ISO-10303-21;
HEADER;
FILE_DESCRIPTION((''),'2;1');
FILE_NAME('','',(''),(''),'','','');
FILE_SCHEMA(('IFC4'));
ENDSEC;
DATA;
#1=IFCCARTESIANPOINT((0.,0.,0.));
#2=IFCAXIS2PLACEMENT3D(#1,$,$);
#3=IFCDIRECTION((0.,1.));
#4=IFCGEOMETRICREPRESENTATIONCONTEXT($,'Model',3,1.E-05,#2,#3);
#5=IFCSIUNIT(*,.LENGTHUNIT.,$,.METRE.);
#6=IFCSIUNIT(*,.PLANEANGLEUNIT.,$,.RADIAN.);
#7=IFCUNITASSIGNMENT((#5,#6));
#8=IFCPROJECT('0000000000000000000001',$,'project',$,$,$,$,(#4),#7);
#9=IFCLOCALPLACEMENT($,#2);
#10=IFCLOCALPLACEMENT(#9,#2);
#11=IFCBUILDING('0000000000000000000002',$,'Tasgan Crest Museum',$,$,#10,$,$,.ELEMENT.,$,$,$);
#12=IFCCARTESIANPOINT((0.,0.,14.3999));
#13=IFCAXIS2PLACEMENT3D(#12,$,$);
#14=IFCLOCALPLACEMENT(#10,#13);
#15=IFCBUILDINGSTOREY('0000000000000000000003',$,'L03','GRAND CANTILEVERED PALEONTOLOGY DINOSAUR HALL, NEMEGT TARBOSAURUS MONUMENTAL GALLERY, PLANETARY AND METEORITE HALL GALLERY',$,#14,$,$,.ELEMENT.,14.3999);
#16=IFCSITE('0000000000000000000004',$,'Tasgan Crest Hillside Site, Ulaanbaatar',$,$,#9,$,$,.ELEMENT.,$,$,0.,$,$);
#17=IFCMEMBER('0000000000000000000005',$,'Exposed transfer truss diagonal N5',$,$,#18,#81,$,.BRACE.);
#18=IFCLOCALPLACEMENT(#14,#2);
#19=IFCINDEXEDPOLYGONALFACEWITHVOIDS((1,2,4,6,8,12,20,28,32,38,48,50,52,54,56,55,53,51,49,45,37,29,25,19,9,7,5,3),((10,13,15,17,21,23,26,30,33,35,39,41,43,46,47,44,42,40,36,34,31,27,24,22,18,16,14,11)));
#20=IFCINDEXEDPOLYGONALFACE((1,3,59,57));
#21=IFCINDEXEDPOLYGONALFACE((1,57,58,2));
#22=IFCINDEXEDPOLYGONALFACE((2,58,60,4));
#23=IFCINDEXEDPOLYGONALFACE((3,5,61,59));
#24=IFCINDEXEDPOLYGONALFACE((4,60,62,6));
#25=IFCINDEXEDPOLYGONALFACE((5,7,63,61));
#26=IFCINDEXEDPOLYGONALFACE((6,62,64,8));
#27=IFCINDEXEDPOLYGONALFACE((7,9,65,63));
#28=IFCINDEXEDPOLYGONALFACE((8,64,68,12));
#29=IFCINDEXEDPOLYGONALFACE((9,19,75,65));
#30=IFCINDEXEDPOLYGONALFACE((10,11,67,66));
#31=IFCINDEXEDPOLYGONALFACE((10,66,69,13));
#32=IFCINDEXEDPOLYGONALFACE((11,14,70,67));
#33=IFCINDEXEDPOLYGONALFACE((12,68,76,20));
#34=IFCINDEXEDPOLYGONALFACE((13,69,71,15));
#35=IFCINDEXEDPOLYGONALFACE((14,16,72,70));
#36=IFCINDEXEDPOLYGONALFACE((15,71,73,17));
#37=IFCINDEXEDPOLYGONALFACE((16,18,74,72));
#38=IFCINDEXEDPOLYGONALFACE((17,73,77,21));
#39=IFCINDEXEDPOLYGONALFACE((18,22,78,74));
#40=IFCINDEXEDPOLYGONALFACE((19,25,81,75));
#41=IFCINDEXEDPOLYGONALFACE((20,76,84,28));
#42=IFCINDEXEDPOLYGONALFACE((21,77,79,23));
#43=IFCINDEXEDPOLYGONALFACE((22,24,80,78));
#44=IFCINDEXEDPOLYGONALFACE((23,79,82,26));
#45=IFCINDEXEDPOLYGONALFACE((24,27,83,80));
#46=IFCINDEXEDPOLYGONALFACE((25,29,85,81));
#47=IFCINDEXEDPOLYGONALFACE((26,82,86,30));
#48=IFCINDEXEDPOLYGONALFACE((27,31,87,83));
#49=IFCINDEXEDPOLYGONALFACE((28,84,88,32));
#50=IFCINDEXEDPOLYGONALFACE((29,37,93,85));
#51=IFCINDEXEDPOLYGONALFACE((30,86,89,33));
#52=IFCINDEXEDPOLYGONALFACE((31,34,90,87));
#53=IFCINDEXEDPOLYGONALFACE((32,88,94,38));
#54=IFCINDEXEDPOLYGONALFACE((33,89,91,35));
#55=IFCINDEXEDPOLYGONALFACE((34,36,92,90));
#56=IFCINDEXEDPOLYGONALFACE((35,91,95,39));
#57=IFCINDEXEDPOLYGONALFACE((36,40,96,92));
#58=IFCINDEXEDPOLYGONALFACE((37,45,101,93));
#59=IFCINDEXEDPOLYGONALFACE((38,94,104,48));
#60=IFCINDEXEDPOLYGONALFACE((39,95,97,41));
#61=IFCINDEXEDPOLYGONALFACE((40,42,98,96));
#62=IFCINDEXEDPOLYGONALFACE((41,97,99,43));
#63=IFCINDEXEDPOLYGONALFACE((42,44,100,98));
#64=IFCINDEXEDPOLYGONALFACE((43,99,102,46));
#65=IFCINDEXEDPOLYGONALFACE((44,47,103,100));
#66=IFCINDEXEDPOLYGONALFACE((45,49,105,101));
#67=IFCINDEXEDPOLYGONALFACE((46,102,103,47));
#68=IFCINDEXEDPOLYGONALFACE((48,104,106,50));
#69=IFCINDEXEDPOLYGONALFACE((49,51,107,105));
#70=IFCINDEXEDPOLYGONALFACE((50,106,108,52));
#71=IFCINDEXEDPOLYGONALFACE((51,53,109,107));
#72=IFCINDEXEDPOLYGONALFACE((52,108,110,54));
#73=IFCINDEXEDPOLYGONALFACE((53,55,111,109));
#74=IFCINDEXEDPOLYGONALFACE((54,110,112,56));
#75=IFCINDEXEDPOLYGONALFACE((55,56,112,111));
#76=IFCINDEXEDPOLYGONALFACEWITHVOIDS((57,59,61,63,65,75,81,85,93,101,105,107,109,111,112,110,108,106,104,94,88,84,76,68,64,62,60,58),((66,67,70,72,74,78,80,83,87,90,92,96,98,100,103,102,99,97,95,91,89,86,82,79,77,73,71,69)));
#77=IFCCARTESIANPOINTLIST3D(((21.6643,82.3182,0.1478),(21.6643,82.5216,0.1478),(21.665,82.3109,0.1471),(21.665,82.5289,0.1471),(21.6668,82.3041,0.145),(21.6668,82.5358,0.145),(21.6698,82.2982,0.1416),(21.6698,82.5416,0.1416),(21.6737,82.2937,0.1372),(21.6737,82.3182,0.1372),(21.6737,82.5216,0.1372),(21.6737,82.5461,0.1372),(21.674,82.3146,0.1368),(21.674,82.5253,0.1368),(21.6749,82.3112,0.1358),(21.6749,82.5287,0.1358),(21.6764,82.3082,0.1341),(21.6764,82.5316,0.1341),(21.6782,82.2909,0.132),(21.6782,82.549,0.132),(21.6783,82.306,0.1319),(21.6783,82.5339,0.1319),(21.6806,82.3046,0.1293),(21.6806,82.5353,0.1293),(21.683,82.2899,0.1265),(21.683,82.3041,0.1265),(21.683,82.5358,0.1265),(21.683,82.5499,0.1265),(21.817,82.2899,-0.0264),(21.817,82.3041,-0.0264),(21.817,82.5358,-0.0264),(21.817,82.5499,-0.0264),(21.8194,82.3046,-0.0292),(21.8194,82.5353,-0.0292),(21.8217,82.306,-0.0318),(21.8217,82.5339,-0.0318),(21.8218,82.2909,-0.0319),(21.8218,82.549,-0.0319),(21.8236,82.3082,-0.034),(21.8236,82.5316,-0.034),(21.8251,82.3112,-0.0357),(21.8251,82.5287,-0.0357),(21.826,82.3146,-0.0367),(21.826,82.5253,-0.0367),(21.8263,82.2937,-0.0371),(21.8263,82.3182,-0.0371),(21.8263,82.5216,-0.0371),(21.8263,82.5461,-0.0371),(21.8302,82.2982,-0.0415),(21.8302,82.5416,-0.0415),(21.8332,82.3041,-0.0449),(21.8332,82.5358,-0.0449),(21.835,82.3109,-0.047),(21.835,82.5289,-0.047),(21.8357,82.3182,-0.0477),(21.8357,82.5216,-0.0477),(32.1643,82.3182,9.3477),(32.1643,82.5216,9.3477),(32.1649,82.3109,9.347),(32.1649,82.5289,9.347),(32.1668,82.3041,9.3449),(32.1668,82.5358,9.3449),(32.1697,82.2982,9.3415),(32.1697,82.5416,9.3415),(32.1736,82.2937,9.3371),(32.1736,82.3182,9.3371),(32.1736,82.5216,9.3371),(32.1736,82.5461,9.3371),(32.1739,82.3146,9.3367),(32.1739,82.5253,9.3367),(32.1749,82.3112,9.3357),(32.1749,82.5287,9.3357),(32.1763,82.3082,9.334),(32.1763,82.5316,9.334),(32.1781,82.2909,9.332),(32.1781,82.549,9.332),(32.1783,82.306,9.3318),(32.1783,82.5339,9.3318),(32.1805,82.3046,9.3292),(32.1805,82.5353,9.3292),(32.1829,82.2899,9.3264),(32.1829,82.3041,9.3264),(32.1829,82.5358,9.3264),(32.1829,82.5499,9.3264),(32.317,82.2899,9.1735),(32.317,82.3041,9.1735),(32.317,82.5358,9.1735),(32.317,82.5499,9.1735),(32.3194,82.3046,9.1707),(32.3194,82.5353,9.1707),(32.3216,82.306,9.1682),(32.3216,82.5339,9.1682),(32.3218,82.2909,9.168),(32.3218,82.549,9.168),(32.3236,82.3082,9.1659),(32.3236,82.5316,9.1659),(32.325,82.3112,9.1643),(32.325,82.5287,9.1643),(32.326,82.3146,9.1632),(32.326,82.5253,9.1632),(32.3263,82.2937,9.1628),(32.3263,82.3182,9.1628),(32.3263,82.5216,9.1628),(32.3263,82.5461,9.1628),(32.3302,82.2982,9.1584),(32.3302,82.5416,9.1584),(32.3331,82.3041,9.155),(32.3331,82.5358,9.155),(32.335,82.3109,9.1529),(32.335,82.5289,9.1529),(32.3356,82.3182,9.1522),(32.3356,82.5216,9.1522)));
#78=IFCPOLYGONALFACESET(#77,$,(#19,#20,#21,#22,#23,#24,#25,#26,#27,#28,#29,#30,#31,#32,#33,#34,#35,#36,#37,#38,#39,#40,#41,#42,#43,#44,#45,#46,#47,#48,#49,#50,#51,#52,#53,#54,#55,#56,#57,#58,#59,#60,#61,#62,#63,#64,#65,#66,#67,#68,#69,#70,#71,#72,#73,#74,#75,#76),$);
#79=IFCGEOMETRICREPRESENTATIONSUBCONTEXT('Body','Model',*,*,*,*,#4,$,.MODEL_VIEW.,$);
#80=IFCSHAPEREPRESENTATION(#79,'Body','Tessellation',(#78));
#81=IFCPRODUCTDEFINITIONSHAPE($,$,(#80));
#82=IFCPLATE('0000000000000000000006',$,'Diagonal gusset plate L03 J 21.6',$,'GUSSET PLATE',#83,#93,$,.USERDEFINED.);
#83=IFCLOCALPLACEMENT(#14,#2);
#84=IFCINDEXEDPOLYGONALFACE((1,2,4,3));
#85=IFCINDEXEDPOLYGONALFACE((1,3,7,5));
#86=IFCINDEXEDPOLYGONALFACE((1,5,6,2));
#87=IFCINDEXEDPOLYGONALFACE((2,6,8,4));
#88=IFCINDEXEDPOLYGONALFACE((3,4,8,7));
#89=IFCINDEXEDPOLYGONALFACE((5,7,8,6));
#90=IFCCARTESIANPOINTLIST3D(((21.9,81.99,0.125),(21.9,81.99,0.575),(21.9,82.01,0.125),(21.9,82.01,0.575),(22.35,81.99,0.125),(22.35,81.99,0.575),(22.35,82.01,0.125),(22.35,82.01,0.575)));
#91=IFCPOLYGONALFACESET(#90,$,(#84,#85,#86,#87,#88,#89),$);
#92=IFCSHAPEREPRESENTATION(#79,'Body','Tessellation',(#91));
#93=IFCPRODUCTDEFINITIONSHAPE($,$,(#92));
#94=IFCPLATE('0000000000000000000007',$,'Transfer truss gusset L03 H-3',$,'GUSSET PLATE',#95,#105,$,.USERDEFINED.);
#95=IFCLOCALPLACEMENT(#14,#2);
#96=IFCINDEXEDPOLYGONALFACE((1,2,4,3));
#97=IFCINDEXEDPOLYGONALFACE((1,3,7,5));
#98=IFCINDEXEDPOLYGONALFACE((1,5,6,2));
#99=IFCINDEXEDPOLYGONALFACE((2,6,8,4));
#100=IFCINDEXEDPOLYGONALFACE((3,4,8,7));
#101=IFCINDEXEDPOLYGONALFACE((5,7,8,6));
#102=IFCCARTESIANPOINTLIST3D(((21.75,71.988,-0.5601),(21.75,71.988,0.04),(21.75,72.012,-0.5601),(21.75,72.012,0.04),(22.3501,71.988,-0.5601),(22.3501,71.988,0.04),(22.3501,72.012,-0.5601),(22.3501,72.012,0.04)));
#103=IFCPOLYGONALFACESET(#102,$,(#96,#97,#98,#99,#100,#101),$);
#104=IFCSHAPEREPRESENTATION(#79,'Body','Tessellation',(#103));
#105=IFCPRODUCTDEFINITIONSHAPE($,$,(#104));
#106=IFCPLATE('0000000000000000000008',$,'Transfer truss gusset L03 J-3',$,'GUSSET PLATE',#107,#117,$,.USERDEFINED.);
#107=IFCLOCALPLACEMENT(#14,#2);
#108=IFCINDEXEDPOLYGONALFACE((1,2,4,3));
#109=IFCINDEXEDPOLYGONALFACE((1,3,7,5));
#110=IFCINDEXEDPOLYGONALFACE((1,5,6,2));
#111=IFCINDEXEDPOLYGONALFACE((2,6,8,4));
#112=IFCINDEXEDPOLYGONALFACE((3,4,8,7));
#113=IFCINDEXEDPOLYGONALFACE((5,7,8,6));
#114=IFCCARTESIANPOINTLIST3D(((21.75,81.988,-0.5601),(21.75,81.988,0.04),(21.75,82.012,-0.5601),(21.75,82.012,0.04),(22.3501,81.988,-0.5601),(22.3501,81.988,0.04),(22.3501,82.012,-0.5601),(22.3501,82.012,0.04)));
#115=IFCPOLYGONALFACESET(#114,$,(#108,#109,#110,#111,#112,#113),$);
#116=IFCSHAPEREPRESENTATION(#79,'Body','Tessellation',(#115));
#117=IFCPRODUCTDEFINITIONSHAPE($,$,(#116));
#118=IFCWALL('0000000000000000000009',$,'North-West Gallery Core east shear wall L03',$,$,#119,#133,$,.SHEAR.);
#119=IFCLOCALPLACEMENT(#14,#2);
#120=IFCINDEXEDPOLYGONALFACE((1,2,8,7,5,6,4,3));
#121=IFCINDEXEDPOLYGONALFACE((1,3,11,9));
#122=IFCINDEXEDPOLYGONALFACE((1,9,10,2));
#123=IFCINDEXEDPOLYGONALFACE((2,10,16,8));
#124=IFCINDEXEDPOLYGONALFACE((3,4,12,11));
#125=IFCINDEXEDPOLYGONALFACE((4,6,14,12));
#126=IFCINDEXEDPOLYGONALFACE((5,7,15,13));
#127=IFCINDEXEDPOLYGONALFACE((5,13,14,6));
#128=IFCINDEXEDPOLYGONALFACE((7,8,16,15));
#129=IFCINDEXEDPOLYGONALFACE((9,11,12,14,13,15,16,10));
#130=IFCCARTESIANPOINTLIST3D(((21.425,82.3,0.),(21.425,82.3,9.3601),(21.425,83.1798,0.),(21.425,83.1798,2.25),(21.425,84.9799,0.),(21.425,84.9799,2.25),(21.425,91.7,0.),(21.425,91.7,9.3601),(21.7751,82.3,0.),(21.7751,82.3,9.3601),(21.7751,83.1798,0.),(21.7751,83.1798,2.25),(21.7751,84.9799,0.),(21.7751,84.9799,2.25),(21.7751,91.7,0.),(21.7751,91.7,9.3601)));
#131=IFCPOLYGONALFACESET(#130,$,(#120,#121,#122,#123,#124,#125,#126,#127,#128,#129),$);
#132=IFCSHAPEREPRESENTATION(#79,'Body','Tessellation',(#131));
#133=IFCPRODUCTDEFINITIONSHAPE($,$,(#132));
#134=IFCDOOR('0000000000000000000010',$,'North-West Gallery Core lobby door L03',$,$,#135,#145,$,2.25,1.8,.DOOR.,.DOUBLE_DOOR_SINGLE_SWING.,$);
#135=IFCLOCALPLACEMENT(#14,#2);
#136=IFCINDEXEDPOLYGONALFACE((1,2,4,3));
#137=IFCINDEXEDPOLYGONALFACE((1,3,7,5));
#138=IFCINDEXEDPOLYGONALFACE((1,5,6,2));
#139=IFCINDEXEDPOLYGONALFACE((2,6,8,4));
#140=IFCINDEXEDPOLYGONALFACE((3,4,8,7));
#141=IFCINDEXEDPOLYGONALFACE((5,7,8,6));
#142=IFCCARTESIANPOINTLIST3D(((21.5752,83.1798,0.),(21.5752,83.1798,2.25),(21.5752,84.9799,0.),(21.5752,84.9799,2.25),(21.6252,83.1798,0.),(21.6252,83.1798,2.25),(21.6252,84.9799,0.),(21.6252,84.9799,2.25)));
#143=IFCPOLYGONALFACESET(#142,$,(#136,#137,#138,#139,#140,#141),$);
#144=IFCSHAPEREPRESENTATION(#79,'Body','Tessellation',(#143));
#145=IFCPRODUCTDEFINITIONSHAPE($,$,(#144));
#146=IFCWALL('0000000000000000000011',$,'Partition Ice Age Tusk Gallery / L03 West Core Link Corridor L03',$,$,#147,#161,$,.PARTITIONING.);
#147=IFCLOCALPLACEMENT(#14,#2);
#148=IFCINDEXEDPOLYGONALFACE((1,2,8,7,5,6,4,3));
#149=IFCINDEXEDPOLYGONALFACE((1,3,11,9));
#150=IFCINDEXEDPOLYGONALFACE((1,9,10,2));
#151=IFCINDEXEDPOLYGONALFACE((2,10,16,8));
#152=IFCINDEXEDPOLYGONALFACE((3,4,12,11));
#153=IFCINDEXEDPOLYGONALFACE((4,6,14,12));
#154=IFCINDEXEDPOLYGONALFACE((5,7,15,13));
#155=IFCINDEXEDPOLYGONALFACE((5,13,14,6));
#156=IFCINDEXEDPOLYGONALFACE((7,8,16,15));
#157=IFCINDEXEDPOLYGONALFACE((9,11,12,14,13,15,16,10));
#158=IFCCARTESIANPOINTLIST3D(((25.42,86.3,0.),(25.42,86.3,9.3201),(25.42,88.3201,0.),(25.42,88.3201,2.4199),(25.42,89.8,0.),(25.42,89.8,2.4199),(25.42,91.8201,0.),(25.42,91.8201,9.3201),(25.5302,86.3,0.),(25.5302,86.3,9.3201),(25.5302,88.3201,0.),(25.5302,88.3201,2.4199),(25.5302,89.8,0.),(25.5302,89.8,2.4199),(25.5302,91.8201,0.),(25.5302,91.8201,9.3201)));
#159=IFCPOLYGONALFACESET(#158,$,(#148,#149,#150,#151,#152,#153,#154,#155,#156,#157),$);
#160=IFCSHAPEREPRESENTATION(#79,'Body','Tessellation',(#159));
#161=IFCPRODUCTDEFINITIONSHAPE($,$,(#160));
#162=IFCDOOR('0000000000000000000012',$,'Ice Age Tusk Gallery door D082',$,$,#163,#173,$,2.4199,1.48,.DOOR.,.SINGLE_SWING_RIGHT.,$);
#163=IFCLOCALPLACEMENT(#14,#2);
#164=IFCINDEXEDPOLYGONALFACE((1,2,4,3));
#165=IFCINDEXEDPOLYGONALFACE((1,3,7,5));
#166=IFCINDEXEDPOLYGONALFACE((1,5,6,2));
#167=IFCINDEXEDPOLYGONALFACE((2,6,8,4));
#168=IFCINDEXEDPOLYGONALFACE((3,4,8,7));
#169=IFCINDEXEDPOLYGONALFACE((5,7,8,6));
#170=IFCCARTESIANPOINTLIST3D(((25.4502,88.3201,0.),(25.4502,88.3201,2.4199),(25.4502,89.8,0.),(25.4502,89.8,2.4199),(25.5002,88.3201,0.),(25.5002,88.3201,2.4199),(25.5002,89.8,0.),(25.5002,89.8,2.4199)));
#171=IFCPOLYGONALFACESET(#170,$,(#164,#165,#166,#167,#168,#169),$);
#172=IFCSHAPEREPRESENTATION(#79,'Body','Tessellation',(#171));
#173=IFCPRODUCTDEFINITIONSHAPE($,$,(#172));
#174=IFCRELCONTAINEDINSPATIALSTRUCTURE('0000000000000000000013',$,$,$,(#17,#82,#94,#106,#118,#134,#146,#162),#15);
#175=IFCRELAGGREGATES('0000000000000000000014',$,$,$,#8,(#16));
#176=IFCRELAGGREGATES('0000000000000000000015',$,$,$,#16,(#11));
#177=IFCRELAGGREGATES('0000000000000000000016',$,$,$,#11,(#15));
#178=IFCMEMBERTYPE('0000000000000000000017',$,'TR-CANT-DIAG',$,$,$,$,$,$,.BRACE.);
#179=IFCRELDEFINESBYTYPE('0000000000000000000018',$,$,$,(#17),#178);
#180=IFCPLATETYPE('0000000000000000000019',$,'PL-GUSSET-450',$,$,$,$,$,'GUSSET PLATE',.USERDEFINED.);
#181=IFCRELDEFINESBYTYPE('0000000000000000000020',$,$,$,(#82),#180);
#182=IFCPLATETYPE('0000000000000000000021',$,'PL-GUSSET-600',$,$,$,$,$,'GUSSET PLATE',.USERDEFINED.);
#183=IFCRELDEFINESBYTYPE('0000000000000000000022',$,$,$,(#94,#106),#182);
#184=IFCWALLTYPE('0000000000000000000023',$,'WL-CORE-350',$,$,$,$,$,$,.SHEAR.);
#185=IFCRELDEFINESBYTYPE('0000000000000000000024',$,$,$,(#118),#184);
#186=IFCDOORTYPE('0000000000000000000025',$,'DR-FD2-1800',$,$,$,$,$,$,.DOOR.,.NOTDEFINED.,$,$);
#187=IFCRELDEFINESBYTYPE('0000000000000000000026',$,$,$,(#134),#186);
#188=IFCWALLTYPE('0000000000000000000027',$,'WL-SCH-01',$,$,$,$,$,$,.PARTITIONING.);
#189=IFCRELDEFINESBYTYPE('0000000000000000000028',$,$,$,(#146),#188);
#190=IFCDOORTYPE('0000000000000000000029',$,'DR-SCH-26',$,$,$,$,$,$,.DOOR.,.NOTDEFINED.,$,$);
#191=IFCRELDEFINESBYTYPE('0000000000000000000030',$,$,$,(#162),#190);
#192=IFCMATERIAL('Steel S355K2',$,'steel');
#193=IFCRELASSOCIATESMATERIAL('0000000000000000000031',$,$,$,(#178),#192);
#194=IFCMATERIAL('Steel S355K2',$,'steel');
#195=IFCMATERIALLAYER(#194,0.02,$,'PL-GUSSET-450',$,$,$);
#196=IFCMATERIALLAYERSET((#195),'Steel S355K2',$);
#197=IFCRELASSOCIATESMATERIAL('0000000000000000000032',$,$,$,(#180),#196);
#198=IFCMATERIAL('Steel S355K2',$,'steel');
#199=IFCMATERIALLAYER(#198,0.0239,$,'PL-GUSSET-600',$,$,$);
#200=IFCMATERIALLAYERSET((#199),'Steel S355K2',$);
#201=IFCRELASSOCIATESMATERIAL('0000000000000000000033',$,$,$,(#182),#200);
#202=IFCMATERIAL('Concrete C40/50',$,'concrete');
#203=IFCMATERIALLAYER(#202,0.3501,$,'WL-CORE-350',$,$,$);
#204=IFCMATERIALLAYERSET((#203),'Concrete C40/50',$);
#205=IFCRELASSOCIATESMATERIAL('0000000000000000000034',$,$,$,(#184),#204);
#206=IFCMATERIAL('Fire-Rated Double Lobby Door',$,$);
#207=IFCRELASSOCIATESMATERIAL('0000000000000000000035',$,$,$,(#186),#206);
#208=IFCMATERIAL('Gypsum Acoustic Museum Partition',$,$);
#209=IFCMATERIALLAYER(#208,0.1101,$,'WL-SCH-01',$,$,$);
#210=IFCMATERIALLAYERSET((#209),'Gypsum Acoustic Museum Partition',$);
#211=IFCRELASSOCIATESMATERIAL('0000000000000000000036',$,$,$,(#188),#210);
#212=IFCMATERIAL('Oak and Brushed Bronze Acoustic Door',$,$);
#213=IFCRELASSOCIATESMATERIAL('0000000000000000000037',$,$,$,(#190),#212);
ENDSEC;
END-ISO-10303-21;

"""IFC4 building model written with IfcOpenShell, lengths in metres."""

from ifc_helpers import new_model, si_unit, direction, frame, frame_2d, origin, origin_2d, place, context, subcontext, project, spatial, rectangle, hollow_rectangle, extrude, material, layer, layer_set, material_profile, profile_set, type_object, element, fill, save


model = new_model("IFC4")

# Units and contexts
model_context = context("Model", 3, precision=1e-05, world=origin(), true_north=direction((0.0, 1.0)))
body_context = subcontext(model_context, "Body", "Model", "MODEL_VIEW")
ifc_project = project(units=[si_unit("LENGTHUNIT", "METRE"), si_unit("PLANEANGLEUNIT", "RADIAN")], contexts=[model_context])

# Site, building, storey
site_placement = place(None, origin())
site = spatial("IfcSite", under=ifc_project, at=site_placement, Name="Tasgan Crest Hillside Site, Ulaanbaatar", CompositionType="ELEMENT", RefElevation=0.0)
building_placement = place(site_placement, origin())
building = spatial("IfcBuilding", under=site, at=building_placement, Name="Tasgan Crest Museum", CompositionType="ELEMENT")
storey_placement = place(building_placement, frame((0.0, 0.0, 14.3999)))
storey = spatial("IfcBuildingStorey", under=building, at=storey_placement, Name="L03", Description="GRAND CANTILEVERED PALEONTOLOGY DINOSAUR HALL, NEMEGT TARBOSAURUS MONUMENTAL GALLERY, PLANETARY AND METEORITE HALL GALLERY", CompositionType="ELEMENT", Elevation=14.3999)

# Member
ifc_material_1 = material(Name="Steel S355K2", Category="steel")
ifc_material_profile_1 = material_profile(ifc_material_1, hollow_rectangle(XDim=0.26, YDim=0.26, WallThickness=0.0142, InnerFilletRadius=0.0142, OuterFilletRadius=0.0283, at=origin_2d()), Name="SHS 260x260x14.2")
ifc_profile_set_1 = profile_set([ifc_material_profile_1], Name="Steel S355K2")
member_type_1 = type_object("IfcMemberType", Name="TR-CANT-DIAG", PredefinedType="BRACE", material=ifc_profile_set_1)
member_1_placement = place(storey_placement, frame((21.75, 82.4199, 0.05), z_axis=(0.752135, 0.0, 0.65901), x_axis=(0.0, 1.0, 0.0)))
element("IfcMember", 1, at=member_1_placement, inside=storey, type_object=member_type_1, Name="Exposed transfer truss diagonal N5", PredefinedType="BRACE", context=body_context, shape_type="SweptSolid", body=[
    extrude(hollow_rectangle(XDim=0.26, YDim=0.26, WallThickness=0.0142, InnerFilletRadius=0.0142, OuterFilletRadius=0.0283, at=origin_2d()), origin(), (0.0, 0.0, 1.0), 13.9602),
])

# Plates
ifc_material_2 = material(Name="Steel S355K2", Category="steel")
ifc_layer_1 = layer(ifc_material_2, 0.02, Name="PL-GUSSET-450")
ifc_layer_set_1 = layer_set([ifc_layer_1], Name="Steel S355K2")
plate_type_1 = type_object("IfcPlateType", Name="PL-GUSSET-450", ElementType="GUSSET PLATE", PredefinedType="USERDEFINED", material=ifc_layer_set_1)
plate_placement = place(storey_placement, frame((22.125, 82.0, 0.125), z_axis=(0.0, 0.0, 1.0), x_axis=(1.0, 0.0, 0.0)))
element("IfcPlate", 2, at=plate_placement, inside=storey, type_object=plate_type_1, Name="Diagonal gusset plate L03 J 21.6", ObjectType="GUSSET PLATE", PredefinedType="USERDEFINED", context=body_context, shape_type="SweptSolid", body=[
    extrude(rectangle(XDim=0.45, YDim=0.02, at=origin_2d()), origin(), (0.0, 0.0, 1.0), 0.45),
])
ifc_material_3 = material(Name="Steel S355K2", Category="steel")
ifc_layer_2 = layer(ifc_material_3, 0.0239, Name="PL-GUSSET-600")
ifc_layer_set_2 = layer_set([ifc_layer_2], Name="Steel S355K2")
plate_type_2 = type_object("IfcPlateType", Name="PL-GUSSET-600", ElementType="GUSSET PLATE", PredefinedType="USERDEFINED", material=ifc_layer_set_2)
for number, where, z_axis, x_axis, name in (
    (3, (22.05, 72.0, -0.5601), (0.0, 0.0, 1.0), (1.0, 0.0, 0.0), "Transfer truss gusset L03 H-3"),
    (4, (22.05, 82.0, -0.5601), (0.0, 0.0, 1.0), (1.0, 0.0, 0.0), "Transfer truss gusset L03 J-3"),
):
    element("IfcPlate", number, at=place(storey_placement, frame(where, z_axis=z_axis, x_axis=x_axis)), inside=storey, type_object=plate_type_2, Name=name, ObjectType="GUSSET PLATE", PredefinedType="USERDEFINED", context=body_context, shape_type="SweptSolid", body=[
        extrude(rectangle(XDim=0.6001, YDim=0.0239, at=origin_2d()), origin(), (0.0, 0.0, 1.0), 0.6001),
    ])

# Walls, openings, doors
ifc_material_4 = material(Name="Concrete C40/50", Category="concrete")
ifc_layer_3 = layer(ifc_material_4, 0.3501, Name="WL-CORE-350")
ifc_layer_set_3 = layer_set([ifc_layer_3], Name="Concrete C40/50")
wall_type_1 = type_object("IfcWallType", Name="WL-CORE-350", PredefinedType="SHEAR", material=ifc_layer_set_3)
wall_1_placement = place(storey_placement, frame((21.6001, 82.3, 0.0), z_axis=(0.0, 0.0, 1.0), x_axis=(0.0, 1.0, 0.0)))
wall_1 = element("IfcWall", 5, at=wall_1_placement, inside=storey, type_object=wall_type_1, Name="North-West Gallery Core east shear wall L03", PredefinedType="SHEAR", context=body_context, shape_type="SweptSolid", body=[
    extrude(rectangle(XDim=9.3999, YDim=0.3501, at=frame_2d((4.7, 0.0))), origin(), (0.0, 0.0, 1.0), 9.3601),
])
opening_1_placement = place(wall_1_placement, frame((0.8799, 0.0, 0.0)))
opening_1 = element("IfcOpeningElement", 6, at=opening_1_placement, cuts=wall_1, PredefinedType="OPENING", context=body_context, shape_type="SweptSolid", body=[
    extrude(rectangle(XDim=1.8, YDim=2.25, at=frame_2d((0.8999, 1.125))), frame((0.0, 0.1851, 0.0), z_axis=(0.0, -1.0, 0.0), x_axis=(1.0, 0.0, 0.0)), (0.0, 0.0, 1.0), 0.3701),
])
ifc_material_5 = material(Name="Fire-Rated Double Lobby Door")
door_type_1 = type_object("IfcDoorType", Name="DR-FD2-1800", OperationType="NOTDEFINED", PredefinedType="DOOR", material=ifc_material_5)
door_1_placement = place(opening_1_placement, origin())
door_1 = element("IfcDoor", 7, at=door_1_placement, inside=storey, type_object=door_type_1, Name="North-West Gallery Core lobby door L03", OperationType="DOUBLE_DOOR_SINGLE_SWING", OverallHeight=2.25, OverallWidth=1.8, PredefinedType="DOOR", context=body_context, shape_type="SweptSolid", body=[
    extrude(rectangle(XDim=1.8, YDim=2.25, at=frame_2d((0.8999, 1.125))), frame((0.0, 0.0249, 0.0), z_axis=(0.0, -1.0, 0.0), x_axis=(1.0, 0.0, 0.0)), (0.0, 0.0, 1.0), 0.05),
])
fill(opening_1, door_1)
ifc_material_6 = material(Name="Gypsum Acoustic Museum Partition")
ifc_layer_4 = layer(ifc_material_6, 0.1101, Name="WL-SCH-01")
ifc_layer_set_4 = layer_set([ifc_layer_4], Name="Gypsum Acoustic Museum Partition")
wall_type_2 = type_object("IfcWallType", Name="WL-SCH-01", PredefinedType="PARTITIONING", material=ifc_layer_set_4)
wall_2_placement = place(storey_placement, frame((25.4751, 86.3, 0.0), z_axis=(0.0, 0.0, 1.0), x_axis=(0.0, 1.0, 0.0)))
wall_2 = element("IfcWall", 8, at=wall_2_placement, inside=storey, type_object=wall_type_2, Name="Partition Ice Age Tusk Gallery / L03 West Core Link Corridor L03", PredefinedType="PARTITIONING", context=body_context, shape_type="SweptSolid", body=[
    extrude(rectangle(XDim=5.52, YDim=0.1101, at=frame_2d((2.76, 0.0))), origin(), (0.0, 0.0, 1.0), 9.3201),
])
opening_2_placement = place(wall_2_placement, frame((2.02, 0.0, 0.0)))
opening_2 = element("IfcOpeningElement", 9, at=opening_2_placement, cuts=wall_2, PredefinedType="OPENING", context=body_context, shape_type="SweptSolid", body=[
    extrude(rectangle(XDim=1.48, YDim=2.4199, at=frame_2d((0.74, 1.21))), frame((0.0, 0.0649, 0.0), z_axis=(0.0, -1.0, 0.0), x_axis=(1.0, 0.0, 0.0)), (0.0, 0.0, 1.0), 0.1301),
])
ifc_material_7 = material(Name="Oak and Brushed Bronze Acoustic Door")
door_type_2 = type_object("IfcDoorType", Name="DR-SCH-26", OperationType="NOTDEFINED", PredefinedType="DOOR", material=ifc_material_7)
door_2_placement = place(opening_2_placement, origin())
door_2 = element("IfcDoor", 10, at=door_2_placement, inside=storey, type_object=door_type_2, Name="Ice Age Tusk Gallery door D082", OperationType="SINGLE_SWING_RIGHT", OverallHeight=2.4199, OverallWidth=1.48, PredefinedType="DOOR", context=body_context, shape_type="SweptSolid", body=[
    extrude(rectangle(XDim=1.48, YDim=2.4199, at=frame_2d((0.74, 1.21))), frame((0.0, 0.0249, 0.0), z_axis=(0.0, -1.0, 0.0), x_axis=(1.0, 0.0, 0.0)), (0.0, 0.0, 1.0), 0.05),
])
fill(opening_2, door_2)

save(model, "model.ifc")
